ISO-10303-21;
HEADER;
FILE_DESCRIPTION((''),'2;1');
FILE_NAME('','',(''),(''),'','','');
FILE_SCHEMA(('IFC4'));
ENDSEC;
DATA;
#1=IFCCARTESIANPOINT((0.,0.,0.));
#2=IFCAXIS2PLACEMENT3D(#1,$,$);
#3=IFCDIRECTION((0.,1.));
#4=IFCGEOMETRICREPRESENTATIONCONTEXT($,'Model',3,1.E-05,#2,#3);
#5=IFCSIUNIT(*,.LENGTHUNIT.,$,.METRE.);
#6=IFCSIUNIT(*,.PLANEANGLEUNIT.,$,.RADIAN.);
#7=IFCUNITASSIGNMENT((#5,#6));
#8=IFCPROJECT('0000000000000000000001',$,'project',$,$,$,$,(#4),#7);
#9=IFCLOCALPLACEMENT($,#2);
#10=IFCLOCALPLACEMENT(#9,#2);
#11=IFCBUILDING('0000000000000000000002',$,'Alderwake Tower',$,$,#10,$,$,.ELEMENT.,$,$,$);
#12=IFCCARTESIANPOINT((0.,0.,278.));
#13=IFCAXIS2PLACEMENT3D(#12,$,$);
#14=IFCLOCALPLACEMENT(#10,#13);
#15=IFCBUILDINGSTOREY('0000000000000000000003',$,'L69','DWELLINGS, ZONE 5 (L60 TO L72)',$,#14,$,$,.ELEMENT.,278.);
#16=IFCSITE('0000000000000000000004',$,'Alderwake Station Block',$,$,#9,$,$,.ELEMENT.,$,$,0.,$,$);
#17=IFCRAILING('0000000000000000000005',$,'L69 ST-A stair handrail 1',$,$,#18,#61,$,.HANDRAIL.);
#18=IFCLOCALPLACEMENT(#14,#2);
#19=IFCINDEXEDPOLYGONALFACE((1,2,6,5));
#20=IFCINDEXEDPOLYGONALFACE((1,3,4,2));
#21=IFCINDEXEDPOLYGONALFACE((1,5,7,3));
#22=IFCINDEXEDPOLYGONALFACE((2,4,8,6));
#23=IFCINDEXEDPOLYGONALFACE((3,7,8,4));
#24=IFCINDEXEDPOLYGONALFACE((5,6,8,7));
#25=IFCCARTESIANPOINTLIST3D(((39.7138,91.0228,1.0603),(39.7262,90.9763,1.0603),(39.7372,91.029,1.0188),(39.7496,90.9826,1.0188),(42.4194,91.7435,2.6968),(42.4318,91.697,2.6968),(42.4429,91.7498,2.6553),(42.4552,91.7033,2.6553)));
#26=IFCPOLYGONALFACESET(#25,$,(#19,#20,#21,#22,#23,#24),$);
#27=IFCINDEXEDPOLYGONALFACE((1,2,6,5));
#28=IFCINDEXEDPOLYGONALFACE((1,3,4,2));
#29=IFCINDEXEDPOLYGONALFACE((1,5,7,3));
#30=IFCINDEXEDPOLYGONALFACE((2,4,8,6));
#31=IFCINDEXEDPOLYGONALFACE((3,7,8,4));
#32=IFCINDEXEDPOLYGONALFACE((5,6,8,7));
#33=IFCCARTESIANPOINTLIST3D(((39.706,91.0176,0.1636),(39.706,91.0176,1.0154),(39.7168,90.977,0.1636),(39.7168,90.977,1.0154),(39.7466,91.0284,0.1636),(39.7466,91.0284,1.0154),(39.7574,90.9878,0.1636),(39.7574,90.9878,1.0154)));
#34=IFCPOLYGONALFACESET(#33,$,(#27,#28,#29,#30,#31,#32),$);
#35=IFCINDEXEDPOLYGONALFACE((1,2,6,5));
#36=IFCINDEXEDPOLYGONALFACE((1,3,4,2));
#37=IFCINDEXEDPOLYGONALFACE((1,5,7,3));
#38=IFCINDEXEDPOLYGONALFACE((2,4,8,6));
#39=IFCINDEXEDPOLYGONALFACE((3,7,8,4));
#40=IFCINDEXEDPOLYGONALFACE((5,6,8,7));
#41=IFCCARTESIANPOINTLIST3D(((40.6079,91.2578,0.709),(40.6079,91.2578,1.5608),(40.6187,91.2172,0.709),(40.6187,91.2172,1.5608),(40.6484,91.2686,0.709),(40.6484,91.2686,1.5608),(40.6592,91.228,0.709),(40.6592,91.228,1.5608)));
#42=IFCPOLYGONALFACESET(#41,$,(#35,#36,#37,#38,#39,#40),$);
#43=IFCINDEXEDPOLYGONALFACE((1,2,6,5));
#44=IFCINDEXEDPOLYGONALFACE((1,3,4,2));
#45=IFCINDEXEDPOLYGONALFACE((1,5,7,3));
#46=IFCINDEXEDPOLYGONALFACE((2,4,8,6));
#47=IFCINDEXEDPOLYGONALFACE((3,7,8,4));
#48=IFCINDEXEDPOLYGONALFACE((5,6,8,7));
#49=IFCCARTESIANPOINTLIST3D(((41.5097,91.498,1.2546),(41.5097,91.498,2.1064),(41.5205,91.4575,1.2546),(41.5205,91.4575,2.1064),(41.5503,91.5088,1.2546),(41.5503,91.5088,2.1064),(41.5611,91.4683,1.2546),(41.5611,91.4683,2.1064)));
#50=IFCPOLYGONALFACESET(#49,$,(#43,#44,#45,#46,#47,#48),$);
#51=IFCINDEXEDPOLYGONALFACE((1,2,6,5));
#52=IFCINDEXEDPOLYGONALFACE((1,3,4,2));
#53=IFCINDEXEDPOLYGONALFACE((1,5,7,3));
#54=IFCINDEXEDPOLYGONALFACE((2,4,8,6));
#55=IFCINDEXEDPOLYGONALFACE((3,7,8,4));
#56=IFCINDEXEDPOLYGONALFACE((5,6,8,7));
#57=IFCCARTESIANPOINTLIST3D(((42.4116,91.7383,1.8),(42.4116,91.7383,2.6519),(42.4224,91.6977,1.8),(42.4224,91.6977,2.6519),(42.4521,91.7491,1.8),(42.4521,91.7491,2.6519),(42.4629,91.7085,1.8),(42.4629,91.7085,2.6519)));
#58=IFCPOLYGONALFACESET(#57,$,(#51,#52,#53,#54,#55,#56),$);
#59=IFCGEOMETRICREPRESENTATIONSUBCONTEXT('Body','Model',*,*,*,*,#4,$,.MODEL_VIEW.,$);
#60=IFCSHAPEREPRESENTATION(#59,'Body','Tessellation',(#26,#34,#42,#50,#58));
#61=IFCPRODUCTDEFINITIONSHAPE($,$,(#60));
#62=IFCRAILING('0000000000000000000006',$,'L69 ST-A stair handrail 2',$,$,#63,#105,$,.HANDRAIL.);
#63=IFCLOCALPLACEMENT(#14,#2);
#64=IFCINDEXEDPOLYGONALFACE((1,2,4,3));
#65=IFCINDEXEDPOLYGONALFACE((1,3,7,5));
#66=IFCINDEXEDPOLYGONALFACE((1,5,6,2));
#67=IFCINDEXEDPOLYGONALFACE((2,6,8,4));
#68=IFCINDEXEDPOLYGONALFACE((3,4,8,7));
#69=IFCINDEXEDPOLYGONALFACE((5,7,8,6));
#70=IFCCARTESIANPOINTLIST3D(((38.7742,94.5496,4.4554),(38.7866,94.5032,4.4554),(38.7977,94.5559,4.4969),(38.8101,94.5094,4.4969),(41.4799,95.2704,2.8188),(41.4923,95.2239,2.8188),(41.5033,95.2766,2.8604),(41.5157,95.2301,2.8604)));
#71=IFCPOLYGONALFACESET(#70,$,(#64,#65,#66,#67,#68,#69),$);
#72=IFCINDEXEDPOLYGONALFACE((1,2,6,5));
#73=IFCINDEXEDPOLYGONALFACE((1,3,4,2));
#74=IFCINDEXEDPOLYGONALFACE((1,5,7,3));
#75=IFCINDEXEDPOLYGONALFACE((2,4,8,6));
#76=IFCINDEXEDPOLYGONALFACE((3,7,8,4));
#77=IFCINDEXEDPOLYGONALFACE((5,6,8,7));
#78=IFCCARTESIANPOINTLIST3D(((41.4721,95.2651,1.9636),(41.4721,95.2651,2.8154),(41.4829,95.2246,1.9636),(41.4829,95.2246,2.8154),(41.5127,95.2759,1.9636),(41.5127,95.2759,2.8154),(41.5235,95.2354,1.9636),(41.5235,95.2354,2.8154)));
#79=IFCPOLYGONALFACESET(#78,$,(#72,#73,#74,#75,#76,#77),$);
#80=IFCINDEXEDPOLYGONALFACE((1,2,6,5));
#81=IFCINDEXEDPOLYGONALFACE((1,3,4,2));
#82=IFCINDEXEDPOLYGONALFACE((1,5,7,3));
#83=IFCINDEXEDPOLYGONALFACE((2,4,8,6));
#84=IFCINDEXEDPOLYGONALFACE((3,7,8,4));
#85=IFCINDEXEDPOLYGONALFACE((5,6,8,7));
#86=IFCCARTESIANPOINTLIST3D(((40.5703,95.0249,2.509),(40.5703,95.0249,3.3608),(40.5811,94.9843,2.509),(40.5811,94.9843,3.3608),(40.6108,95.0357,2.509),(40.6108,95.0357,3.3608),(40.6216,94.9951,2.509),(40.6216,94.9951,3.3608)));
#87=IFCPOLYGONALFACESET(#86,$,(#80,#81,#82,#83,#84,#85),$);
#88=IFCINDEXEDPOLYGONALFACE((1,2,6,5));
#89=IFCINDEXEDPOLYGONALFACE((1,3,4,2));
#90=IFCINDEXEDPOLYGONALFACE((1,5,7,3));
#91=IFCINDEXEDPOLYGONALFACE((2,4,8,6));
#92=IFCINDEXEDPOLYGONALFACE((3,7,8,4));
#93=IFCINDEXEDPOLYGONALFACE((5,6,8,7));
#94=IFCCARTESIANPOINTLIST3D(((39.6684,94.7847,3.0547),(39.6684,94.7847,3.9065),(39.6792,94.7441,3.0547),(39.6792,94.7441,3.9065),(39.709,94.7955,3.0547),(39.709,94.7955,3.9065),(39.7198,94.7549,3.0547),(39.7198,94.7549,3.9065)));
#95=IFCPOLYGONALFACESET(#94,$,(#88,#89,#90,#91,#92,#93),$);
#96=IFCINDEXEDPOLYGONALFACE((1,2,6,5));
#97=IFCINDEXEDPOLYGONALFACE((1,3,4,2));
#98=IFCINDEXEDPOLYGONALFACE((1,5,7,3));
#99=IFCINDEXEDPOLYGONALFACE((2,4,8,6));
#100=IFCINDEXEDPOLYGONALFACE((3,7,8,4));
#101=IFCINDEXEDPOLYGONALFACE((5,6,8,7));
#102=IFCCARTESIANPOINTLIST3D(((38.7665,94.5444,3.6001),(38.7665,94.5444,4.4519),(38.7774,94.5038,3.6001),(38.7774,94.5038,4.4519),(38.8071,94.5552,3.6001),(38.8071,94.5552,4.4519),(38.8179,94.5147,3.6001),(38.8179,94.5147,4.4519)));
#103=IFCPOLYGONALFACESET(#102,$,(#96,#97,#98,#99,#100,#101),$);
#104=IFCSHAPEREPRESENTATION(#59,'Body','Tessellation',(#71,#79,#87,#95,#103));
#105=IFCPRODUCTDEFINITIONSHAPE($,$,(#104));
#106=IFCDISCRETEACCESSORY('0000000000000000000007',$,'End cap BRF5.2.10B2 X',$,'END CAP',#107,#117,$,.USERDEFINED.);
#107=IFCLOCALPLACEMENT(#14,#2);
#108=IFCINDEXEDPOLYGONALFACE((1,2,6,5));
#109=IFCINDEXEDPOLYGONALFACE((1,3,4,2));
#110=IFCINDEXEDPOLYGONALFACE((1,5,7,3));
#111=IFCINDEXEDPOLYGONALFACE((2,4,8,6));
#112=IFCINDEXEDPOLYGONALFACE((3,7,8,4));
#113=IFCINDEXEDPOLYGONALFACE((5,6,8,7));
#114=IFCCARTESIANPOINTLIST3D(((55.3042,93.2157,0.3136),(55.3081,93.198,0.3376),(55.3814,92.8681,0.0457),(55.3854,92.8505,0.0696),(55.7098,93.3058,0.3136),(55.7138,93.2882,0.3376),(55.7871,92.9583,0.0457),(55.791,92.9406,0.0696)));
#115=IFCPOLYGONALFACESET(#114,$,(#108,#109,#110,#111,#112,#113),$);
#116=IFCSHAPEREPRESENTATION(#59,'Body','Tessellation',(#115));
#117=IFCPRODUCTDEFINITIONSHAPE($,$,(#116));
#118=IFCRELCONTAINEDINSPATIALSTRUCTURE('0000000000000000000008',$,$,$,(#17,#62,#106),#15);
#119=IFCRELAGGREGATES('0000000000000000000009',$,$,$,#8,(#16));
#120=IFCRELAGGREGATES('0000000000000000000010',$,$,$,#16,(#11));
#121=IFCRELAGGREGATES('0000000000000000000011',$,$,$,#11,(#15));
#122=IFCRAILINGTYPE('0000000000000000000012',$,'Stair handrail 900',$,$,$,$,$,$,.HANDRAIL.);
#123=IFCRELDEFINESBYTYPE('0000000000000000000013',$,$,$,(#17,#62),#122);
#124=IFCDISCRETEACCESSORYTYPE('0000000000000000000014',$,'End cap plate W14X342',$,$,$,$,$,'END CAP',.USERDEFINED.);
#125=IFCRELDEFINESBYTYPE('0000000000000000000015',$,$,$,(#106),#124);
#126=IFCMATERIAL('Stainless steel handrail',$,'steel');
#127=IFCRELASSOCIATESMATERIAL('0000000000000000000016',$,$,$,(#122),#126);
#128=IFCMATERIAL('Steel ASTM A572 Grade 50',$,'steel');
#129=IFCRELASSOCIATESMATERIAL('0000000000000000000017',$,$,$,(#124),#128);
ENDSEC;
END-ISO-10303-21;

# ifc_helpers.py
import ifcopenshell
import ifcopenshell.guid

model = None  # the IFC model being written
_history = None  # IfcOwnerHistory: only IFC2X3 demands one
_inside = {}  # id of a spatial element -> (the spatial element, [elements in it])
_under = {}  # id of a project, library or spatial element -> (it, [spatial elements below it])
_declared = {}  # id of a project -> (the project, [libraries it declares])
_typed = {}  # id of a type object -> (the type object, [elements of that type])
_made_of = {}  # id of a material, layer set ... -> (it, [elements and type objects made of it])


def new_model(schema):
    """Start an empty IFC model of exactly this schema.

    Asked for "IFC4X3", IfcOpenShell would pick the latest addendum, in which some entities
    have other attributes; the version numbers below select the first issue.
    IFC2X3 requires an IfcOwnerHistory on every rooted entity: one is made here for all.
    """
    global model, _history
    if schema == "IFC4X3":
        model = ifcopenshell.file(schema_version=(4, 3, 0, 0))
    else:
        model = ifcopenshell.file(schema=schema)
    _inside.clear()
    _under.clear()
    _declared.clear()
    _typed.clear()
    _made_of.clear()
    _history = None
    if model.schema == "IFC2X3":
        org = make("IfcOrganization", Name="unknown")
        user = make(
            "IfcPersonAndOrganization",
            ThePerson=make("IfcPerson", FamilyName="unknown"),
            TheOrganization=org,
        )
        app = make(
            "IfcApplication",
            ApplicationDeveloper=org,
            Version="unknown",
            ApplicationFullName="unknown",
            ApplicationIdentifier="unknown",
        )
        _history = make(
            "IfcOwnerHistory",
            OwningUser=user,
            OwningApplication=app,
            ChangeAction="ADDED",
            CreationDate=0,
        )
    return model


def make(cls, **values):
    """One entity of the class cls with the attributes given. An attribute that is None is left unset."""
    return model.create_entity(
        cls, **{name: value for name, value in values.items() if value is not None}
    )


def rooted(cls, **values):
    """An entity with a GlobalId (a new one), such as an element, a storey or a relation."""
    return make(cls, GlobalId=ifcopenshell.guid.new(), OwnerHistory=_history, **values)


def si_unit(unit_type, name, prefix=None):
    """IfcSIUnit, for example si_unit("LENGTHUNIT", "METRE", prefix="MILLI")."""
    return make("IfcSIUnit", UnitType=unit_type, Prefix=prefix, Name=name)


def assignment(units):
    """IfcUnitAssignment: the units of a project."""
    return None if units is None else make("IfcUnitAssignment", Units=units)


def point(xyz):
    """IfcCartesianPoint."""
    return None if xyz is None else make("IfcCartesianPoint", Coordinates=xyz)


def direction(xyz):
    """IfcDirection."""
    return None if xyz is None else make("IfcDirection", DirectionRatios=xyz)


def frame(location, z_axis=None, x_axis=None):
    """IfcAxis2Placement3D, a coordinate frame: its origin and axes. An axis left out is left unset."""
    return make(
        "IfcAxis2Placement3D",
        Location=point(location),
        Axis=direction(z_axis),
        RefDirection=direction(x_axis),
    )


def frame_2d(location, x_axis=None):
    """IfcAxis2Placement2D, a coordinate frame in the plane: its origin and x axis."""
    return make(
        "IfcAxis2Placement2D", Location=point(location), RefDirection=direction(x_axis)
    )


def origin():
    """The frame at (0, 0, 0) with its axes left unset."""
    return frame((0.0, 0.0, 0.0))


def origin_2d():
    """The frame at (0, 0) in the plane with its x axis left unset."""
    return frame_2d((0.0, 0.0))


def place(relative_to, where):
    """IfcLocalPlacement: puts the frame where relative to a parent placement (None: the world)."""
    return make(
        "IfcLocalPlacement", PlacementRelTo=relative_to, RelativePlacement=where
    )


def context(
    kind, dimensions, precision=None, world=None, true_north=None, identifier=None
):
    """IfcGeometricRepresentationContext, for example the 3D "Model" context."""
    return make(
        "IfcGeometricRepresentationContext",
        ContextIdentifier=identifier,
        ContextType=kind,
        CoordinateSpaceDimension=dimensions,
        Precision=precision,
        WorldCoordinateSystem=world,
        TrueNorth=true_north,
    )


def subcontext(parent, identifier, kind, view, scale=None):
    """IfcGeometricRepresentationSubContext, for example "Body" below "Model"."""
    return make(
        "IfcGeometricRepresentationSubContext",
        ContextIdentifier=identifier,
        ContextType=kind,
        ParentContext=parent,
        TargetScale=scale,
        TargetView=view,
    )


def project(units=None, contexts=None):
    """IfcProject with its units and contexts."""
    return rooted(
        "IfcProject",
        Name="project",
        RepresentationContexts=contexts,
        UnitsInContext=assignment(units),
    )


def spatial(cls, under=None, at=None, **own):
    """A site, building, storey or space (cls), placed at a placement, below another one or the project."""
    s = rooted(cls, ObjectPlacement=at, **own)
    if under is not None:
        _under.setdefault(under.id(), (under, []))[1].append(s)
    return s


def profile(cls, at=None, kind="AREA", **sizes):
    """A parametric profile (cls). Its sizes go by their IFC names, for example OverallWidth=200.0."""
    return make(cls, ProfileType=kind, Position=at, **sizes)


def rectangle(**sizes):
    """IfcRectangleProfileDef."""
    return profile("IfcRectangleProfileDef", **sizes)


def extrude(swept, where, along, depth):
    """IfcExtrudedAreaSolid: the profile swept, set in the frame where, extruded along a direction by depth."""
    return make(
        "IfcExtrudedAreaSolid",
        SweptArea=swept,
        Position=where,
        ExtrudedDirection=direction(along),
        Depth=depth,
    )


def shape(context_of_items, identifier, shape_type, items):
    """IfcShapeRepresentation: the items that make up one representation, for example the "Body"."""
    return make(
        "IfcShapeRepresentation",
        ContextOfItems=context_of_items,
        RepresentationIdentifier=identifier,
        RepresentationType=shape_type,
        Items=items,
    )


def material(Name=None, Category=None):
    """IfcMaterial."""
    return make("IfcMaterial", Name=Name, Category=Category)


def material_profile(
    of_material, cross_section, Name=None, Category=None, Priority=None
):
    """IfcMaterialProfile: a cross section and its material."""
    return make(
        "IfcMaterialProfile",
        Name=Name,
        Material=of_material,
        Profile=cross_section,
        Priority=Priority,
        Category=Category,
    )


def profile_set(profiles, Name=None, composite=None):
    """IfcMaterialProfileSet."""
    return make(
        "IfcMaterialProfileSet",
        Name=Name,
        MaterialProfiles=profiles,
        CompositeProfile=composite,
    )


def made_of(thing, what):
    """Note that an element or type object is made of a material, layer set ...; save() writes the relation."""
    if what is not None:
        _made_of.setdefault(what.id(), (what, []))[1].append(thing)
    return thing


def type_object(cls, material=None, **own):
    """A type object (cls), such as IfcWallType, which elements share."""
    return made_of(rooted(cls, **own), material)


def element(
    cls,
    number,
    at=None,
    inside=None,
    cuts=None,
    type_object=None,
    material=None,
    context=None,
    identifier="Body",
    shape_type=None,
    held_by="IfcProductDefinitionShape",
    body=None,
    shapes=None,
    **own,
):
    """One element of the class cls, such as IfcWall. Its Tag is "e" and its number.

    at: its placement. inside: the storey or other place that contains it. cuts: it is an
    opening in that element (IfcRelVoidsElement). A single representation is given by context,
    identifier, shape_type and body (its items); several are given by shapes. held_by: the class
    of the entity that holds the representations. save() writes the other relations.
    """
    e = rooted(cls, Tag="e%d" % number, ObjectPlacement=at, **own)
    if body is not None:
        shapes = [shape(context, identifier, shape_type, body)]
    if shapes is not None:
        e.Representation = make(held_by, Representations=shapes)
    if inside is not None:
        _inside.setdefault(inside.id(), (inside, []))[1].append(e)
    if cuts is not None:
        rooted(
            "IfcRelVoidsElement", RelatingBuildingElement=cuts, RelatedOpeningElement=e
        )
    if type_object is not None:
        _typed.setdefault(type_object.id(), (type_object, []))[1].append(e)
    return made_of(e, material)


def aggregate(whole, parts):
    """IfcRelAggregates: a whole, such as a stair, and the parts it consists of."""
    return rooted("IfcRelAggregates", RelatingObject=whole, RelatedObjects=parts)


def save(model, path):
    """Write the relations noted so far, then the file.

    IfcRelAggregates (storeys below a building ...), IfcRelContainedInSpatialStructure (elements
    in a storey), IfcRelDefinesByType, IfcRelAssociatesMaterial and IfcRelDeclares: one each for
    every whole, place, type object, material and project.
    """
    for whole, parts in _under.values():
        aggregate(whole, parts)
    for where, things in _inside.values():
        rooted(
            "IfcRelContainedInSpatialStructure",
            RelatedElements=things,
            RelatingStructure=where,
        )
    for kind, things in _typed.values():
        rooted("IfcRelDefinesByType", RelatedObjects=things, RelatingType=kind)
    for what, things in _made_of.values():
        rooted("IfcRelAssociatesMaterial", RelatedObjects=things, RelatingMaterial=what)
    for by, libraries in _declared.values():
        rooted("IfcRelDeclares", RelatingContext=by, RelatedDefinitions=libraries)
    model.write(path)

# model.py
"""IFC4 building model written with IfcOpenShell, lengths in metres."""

from ifc_helpers import new_model, si_unit, direction, frame, origin, origin_2d, place, context, subcontext, project, spatial, rectangle, extrude, material, material_profile, profile_set, type_object, element, save


model = new_model("IFC4")

# Units and contexts
model_context = context("Model", 3, precision=1e-05, world=origin(), true_north=direction((0.0, 1.0)))
body_context = subcontext(model_context, "Body", "Model", "MODEL_VIEW")
ifc_project = project(units=[si_unit("LENGTHUNIT", "METRE"), si_unit("PLANEANGLEUNIT", "RADIAN")], contexts=[model_context])

# Site, building, storey
site_placement = place(None, origin())
site = spatial("IfcSite", under=ifc_project, at=site_placement, Name="Alderwake Station Block", CompositionType="ELEMENT", RefElevation=0.0)
building_placement = place(site_placement, origin())
building = spatial("IfcBuilding", under=site, at=building_placement, Name="Alderwake Tower", CompositionType="ELEMENT")
storey_placement = place(building_placement, frame((0.0, 0.0, 278.0)))
storey = spatial("IfcBuildingStorey", under=building, at=storey_placement, Name="L69", Description="DWELLINGS, ZONE 5 (L60 TO L72)", CompositionType="ELEMENT", Elevation=278.0)

# Railings
ifc_material_1 = material(Name="Stainless steel handrail", Category="steel")
railing_type_1 = type_object("IfcRailingType", Name="Stair handrail 900", PredefinedType="HANDRAIL", material=ifc_material_1)
railing_1_placement = place(storey_placement, frame((39.7317, 91.0027, 0.1636)))
element("IfcRailing", 1, at=railing_1_placement, inside=storey, type_object=railing_type_1, Name="L69 ST-A stair handrail 1", PredefinedType="HANDRAIL", context=body_context, shape_type="SweptSolid", body=[
    extrude(rectangle(XDim=0.0481, YDim=0.0481, at=origin_2d()), frame((0.0, 0.0, 0.876), z_axis=(0.834259, 0.222228, 0.504605), x_axis=(-0.257402, 0.966304, 0.0)), (0.0, 0.0, 1.0), 3.2432),
    extrude(rectangle(XDim=0.042, YDim=0.042, at=origin_2d()), frame((0.0, 0.0, 0.0), z_axis=(0.0, 0.0, 1.0), x_axis=(0.966304, 0.257402, 0.0)), (0.0, 0.0, 1.0), 0.8518),
    extrude(rectangle(XDim=0.042, YDim=0.042, at=origin_2d()), frame((0.9019, 0.2402, 0.5454), z_axis=(0.0, 0.0, 1.0), x_axis=(0.966304, 0.257402, 0.0)), (0.0, 0.0, 1.0), 0.8518),
    extrude(rectangle(XDim=0.042, YDim=0.042, at=origin_2d()), frame((1.8037, 0.4805, 1.0911), z_axis=(0.0, 0.0, 1.0), x_axis=(0.966304, 0.257402, 0.0)), (0.0, 0.0, 1.0), 0.8518),
    extrude(rectangle(XDim=0.042, YDim=0.042, at=origin_2d()), frame((2.7056, 0.7207, 1.6365), z_axis=(0.0, 0.0, 1.0), x_axis=(0.966304, 0.257402, 0.0)), (0.0, 0.0, 1.0), 0.8518),
])
railing_2_placement = place(storey_placement, frame((41.4978, 95.2502, 1.9636)))
element("IfcRailing", 2, at=railing_2_placement, inside=storey, type_object=railing_type_1, Name="L69 ST-A stair handrail 2", PredefinedType="HANDRAIL", context=body_context, shape_type="SweptSolid", body=[
    extrude(rectangle(XDim=0.0481, YDim=0.0481, at=origin_2d()), frame((0.0, 0.0, 0.876), z_axis=(-0.834259, -0.222228, 0.504605), x_axis=(0.257402, -0.966304, 0.0)), (0.0, 0.0, 1.0), 3.2432),
    extrude(rectangle(XDim=0.042, YDim=0.042, at=origin_2d()), frame((0.0, 0.0, 0.0), z_axis=(0.0, 0.0, 1.0), x_axis=(-0.966304, -0.257402, 0.0)), (0.0, 0.0, 1.0), 0.8518),
    extrude(rectangle(XDim=0.042, YDim=0.042, at=origin_2d()), frame((-0.9019, -0.2402, 0.5454), z_axis=(0.0, 0.0, 1.0), x_axis=(-0.966304, -0.257402, 0.0)), (0.0, 0.0, 1.0), 0.8518),
    extrude(rectangle(XDim=0.042, YDim=0.042, at=origin_2d()), frame((-1.8037, -0.4805, 1.0911), z_axis=(0.0, 0.0, 1.0), x_axis=(-0.966304, -0.257402, 0.0)), (0.0, 0.0, 1.0), 0.8518),
    extrude(rectangle(XDim=0.042, YDim=0.042, at=origin_2d()), frame((-2.7056, -0.7207, 1.6365), z_axis=(0.0, 0.0, 1.0), x_axis=(-0.966304, -0.257402, 0.0)), (0.0, 0.0, 1.0), 0.8518),
])

# Discrete accessory
ifc_material_2 = material(Name="Steel ASTM A572 Grade 50", Category="steel")
ifc_material_profile_1 = material_profile(ifc_material_2, rectangle(XDim=0.4155, YDim=0.4456, at=origin_2d()), Name="W14X342 cap")
ifc_profile_set_1 = profile_set([ifc_material_profile_1], Name="Steel ASTM A572 Grade 50")
discrete_accessory_type = type_object("IfcDiscreteAccessoryType", Name="End cap plate W14X342", ElementType="END CAP", PredefinedType="USERDEFINED", material=ifc_profile_set_1)
discrete_accessory_placement = place(storey_placement, frame((55.5496, 93.0693, 0.2036), z_axis=(-0.130448, 0.587017, -0.798996), x_axis=(-0.976187, -0.21693, 0.0)))
element("IfcDiscreteAccessory", 3, at=discrete_accessory_placement, inside=storey, type_object=discrete_accessory_type, Name="End cap BRF5.2.10B2 X", ObjectType="END CAP", PredefinedType="USERDEFINED", context=body_context, shape_type="SweptSolid", body=[
    extrude(rectangle(XDim=0.4155, YDim=0.4456, at=origin_2d()), origin(), (0.0, 0.0, 1.0), 0.03),
])

save(model, "model.ifc")
